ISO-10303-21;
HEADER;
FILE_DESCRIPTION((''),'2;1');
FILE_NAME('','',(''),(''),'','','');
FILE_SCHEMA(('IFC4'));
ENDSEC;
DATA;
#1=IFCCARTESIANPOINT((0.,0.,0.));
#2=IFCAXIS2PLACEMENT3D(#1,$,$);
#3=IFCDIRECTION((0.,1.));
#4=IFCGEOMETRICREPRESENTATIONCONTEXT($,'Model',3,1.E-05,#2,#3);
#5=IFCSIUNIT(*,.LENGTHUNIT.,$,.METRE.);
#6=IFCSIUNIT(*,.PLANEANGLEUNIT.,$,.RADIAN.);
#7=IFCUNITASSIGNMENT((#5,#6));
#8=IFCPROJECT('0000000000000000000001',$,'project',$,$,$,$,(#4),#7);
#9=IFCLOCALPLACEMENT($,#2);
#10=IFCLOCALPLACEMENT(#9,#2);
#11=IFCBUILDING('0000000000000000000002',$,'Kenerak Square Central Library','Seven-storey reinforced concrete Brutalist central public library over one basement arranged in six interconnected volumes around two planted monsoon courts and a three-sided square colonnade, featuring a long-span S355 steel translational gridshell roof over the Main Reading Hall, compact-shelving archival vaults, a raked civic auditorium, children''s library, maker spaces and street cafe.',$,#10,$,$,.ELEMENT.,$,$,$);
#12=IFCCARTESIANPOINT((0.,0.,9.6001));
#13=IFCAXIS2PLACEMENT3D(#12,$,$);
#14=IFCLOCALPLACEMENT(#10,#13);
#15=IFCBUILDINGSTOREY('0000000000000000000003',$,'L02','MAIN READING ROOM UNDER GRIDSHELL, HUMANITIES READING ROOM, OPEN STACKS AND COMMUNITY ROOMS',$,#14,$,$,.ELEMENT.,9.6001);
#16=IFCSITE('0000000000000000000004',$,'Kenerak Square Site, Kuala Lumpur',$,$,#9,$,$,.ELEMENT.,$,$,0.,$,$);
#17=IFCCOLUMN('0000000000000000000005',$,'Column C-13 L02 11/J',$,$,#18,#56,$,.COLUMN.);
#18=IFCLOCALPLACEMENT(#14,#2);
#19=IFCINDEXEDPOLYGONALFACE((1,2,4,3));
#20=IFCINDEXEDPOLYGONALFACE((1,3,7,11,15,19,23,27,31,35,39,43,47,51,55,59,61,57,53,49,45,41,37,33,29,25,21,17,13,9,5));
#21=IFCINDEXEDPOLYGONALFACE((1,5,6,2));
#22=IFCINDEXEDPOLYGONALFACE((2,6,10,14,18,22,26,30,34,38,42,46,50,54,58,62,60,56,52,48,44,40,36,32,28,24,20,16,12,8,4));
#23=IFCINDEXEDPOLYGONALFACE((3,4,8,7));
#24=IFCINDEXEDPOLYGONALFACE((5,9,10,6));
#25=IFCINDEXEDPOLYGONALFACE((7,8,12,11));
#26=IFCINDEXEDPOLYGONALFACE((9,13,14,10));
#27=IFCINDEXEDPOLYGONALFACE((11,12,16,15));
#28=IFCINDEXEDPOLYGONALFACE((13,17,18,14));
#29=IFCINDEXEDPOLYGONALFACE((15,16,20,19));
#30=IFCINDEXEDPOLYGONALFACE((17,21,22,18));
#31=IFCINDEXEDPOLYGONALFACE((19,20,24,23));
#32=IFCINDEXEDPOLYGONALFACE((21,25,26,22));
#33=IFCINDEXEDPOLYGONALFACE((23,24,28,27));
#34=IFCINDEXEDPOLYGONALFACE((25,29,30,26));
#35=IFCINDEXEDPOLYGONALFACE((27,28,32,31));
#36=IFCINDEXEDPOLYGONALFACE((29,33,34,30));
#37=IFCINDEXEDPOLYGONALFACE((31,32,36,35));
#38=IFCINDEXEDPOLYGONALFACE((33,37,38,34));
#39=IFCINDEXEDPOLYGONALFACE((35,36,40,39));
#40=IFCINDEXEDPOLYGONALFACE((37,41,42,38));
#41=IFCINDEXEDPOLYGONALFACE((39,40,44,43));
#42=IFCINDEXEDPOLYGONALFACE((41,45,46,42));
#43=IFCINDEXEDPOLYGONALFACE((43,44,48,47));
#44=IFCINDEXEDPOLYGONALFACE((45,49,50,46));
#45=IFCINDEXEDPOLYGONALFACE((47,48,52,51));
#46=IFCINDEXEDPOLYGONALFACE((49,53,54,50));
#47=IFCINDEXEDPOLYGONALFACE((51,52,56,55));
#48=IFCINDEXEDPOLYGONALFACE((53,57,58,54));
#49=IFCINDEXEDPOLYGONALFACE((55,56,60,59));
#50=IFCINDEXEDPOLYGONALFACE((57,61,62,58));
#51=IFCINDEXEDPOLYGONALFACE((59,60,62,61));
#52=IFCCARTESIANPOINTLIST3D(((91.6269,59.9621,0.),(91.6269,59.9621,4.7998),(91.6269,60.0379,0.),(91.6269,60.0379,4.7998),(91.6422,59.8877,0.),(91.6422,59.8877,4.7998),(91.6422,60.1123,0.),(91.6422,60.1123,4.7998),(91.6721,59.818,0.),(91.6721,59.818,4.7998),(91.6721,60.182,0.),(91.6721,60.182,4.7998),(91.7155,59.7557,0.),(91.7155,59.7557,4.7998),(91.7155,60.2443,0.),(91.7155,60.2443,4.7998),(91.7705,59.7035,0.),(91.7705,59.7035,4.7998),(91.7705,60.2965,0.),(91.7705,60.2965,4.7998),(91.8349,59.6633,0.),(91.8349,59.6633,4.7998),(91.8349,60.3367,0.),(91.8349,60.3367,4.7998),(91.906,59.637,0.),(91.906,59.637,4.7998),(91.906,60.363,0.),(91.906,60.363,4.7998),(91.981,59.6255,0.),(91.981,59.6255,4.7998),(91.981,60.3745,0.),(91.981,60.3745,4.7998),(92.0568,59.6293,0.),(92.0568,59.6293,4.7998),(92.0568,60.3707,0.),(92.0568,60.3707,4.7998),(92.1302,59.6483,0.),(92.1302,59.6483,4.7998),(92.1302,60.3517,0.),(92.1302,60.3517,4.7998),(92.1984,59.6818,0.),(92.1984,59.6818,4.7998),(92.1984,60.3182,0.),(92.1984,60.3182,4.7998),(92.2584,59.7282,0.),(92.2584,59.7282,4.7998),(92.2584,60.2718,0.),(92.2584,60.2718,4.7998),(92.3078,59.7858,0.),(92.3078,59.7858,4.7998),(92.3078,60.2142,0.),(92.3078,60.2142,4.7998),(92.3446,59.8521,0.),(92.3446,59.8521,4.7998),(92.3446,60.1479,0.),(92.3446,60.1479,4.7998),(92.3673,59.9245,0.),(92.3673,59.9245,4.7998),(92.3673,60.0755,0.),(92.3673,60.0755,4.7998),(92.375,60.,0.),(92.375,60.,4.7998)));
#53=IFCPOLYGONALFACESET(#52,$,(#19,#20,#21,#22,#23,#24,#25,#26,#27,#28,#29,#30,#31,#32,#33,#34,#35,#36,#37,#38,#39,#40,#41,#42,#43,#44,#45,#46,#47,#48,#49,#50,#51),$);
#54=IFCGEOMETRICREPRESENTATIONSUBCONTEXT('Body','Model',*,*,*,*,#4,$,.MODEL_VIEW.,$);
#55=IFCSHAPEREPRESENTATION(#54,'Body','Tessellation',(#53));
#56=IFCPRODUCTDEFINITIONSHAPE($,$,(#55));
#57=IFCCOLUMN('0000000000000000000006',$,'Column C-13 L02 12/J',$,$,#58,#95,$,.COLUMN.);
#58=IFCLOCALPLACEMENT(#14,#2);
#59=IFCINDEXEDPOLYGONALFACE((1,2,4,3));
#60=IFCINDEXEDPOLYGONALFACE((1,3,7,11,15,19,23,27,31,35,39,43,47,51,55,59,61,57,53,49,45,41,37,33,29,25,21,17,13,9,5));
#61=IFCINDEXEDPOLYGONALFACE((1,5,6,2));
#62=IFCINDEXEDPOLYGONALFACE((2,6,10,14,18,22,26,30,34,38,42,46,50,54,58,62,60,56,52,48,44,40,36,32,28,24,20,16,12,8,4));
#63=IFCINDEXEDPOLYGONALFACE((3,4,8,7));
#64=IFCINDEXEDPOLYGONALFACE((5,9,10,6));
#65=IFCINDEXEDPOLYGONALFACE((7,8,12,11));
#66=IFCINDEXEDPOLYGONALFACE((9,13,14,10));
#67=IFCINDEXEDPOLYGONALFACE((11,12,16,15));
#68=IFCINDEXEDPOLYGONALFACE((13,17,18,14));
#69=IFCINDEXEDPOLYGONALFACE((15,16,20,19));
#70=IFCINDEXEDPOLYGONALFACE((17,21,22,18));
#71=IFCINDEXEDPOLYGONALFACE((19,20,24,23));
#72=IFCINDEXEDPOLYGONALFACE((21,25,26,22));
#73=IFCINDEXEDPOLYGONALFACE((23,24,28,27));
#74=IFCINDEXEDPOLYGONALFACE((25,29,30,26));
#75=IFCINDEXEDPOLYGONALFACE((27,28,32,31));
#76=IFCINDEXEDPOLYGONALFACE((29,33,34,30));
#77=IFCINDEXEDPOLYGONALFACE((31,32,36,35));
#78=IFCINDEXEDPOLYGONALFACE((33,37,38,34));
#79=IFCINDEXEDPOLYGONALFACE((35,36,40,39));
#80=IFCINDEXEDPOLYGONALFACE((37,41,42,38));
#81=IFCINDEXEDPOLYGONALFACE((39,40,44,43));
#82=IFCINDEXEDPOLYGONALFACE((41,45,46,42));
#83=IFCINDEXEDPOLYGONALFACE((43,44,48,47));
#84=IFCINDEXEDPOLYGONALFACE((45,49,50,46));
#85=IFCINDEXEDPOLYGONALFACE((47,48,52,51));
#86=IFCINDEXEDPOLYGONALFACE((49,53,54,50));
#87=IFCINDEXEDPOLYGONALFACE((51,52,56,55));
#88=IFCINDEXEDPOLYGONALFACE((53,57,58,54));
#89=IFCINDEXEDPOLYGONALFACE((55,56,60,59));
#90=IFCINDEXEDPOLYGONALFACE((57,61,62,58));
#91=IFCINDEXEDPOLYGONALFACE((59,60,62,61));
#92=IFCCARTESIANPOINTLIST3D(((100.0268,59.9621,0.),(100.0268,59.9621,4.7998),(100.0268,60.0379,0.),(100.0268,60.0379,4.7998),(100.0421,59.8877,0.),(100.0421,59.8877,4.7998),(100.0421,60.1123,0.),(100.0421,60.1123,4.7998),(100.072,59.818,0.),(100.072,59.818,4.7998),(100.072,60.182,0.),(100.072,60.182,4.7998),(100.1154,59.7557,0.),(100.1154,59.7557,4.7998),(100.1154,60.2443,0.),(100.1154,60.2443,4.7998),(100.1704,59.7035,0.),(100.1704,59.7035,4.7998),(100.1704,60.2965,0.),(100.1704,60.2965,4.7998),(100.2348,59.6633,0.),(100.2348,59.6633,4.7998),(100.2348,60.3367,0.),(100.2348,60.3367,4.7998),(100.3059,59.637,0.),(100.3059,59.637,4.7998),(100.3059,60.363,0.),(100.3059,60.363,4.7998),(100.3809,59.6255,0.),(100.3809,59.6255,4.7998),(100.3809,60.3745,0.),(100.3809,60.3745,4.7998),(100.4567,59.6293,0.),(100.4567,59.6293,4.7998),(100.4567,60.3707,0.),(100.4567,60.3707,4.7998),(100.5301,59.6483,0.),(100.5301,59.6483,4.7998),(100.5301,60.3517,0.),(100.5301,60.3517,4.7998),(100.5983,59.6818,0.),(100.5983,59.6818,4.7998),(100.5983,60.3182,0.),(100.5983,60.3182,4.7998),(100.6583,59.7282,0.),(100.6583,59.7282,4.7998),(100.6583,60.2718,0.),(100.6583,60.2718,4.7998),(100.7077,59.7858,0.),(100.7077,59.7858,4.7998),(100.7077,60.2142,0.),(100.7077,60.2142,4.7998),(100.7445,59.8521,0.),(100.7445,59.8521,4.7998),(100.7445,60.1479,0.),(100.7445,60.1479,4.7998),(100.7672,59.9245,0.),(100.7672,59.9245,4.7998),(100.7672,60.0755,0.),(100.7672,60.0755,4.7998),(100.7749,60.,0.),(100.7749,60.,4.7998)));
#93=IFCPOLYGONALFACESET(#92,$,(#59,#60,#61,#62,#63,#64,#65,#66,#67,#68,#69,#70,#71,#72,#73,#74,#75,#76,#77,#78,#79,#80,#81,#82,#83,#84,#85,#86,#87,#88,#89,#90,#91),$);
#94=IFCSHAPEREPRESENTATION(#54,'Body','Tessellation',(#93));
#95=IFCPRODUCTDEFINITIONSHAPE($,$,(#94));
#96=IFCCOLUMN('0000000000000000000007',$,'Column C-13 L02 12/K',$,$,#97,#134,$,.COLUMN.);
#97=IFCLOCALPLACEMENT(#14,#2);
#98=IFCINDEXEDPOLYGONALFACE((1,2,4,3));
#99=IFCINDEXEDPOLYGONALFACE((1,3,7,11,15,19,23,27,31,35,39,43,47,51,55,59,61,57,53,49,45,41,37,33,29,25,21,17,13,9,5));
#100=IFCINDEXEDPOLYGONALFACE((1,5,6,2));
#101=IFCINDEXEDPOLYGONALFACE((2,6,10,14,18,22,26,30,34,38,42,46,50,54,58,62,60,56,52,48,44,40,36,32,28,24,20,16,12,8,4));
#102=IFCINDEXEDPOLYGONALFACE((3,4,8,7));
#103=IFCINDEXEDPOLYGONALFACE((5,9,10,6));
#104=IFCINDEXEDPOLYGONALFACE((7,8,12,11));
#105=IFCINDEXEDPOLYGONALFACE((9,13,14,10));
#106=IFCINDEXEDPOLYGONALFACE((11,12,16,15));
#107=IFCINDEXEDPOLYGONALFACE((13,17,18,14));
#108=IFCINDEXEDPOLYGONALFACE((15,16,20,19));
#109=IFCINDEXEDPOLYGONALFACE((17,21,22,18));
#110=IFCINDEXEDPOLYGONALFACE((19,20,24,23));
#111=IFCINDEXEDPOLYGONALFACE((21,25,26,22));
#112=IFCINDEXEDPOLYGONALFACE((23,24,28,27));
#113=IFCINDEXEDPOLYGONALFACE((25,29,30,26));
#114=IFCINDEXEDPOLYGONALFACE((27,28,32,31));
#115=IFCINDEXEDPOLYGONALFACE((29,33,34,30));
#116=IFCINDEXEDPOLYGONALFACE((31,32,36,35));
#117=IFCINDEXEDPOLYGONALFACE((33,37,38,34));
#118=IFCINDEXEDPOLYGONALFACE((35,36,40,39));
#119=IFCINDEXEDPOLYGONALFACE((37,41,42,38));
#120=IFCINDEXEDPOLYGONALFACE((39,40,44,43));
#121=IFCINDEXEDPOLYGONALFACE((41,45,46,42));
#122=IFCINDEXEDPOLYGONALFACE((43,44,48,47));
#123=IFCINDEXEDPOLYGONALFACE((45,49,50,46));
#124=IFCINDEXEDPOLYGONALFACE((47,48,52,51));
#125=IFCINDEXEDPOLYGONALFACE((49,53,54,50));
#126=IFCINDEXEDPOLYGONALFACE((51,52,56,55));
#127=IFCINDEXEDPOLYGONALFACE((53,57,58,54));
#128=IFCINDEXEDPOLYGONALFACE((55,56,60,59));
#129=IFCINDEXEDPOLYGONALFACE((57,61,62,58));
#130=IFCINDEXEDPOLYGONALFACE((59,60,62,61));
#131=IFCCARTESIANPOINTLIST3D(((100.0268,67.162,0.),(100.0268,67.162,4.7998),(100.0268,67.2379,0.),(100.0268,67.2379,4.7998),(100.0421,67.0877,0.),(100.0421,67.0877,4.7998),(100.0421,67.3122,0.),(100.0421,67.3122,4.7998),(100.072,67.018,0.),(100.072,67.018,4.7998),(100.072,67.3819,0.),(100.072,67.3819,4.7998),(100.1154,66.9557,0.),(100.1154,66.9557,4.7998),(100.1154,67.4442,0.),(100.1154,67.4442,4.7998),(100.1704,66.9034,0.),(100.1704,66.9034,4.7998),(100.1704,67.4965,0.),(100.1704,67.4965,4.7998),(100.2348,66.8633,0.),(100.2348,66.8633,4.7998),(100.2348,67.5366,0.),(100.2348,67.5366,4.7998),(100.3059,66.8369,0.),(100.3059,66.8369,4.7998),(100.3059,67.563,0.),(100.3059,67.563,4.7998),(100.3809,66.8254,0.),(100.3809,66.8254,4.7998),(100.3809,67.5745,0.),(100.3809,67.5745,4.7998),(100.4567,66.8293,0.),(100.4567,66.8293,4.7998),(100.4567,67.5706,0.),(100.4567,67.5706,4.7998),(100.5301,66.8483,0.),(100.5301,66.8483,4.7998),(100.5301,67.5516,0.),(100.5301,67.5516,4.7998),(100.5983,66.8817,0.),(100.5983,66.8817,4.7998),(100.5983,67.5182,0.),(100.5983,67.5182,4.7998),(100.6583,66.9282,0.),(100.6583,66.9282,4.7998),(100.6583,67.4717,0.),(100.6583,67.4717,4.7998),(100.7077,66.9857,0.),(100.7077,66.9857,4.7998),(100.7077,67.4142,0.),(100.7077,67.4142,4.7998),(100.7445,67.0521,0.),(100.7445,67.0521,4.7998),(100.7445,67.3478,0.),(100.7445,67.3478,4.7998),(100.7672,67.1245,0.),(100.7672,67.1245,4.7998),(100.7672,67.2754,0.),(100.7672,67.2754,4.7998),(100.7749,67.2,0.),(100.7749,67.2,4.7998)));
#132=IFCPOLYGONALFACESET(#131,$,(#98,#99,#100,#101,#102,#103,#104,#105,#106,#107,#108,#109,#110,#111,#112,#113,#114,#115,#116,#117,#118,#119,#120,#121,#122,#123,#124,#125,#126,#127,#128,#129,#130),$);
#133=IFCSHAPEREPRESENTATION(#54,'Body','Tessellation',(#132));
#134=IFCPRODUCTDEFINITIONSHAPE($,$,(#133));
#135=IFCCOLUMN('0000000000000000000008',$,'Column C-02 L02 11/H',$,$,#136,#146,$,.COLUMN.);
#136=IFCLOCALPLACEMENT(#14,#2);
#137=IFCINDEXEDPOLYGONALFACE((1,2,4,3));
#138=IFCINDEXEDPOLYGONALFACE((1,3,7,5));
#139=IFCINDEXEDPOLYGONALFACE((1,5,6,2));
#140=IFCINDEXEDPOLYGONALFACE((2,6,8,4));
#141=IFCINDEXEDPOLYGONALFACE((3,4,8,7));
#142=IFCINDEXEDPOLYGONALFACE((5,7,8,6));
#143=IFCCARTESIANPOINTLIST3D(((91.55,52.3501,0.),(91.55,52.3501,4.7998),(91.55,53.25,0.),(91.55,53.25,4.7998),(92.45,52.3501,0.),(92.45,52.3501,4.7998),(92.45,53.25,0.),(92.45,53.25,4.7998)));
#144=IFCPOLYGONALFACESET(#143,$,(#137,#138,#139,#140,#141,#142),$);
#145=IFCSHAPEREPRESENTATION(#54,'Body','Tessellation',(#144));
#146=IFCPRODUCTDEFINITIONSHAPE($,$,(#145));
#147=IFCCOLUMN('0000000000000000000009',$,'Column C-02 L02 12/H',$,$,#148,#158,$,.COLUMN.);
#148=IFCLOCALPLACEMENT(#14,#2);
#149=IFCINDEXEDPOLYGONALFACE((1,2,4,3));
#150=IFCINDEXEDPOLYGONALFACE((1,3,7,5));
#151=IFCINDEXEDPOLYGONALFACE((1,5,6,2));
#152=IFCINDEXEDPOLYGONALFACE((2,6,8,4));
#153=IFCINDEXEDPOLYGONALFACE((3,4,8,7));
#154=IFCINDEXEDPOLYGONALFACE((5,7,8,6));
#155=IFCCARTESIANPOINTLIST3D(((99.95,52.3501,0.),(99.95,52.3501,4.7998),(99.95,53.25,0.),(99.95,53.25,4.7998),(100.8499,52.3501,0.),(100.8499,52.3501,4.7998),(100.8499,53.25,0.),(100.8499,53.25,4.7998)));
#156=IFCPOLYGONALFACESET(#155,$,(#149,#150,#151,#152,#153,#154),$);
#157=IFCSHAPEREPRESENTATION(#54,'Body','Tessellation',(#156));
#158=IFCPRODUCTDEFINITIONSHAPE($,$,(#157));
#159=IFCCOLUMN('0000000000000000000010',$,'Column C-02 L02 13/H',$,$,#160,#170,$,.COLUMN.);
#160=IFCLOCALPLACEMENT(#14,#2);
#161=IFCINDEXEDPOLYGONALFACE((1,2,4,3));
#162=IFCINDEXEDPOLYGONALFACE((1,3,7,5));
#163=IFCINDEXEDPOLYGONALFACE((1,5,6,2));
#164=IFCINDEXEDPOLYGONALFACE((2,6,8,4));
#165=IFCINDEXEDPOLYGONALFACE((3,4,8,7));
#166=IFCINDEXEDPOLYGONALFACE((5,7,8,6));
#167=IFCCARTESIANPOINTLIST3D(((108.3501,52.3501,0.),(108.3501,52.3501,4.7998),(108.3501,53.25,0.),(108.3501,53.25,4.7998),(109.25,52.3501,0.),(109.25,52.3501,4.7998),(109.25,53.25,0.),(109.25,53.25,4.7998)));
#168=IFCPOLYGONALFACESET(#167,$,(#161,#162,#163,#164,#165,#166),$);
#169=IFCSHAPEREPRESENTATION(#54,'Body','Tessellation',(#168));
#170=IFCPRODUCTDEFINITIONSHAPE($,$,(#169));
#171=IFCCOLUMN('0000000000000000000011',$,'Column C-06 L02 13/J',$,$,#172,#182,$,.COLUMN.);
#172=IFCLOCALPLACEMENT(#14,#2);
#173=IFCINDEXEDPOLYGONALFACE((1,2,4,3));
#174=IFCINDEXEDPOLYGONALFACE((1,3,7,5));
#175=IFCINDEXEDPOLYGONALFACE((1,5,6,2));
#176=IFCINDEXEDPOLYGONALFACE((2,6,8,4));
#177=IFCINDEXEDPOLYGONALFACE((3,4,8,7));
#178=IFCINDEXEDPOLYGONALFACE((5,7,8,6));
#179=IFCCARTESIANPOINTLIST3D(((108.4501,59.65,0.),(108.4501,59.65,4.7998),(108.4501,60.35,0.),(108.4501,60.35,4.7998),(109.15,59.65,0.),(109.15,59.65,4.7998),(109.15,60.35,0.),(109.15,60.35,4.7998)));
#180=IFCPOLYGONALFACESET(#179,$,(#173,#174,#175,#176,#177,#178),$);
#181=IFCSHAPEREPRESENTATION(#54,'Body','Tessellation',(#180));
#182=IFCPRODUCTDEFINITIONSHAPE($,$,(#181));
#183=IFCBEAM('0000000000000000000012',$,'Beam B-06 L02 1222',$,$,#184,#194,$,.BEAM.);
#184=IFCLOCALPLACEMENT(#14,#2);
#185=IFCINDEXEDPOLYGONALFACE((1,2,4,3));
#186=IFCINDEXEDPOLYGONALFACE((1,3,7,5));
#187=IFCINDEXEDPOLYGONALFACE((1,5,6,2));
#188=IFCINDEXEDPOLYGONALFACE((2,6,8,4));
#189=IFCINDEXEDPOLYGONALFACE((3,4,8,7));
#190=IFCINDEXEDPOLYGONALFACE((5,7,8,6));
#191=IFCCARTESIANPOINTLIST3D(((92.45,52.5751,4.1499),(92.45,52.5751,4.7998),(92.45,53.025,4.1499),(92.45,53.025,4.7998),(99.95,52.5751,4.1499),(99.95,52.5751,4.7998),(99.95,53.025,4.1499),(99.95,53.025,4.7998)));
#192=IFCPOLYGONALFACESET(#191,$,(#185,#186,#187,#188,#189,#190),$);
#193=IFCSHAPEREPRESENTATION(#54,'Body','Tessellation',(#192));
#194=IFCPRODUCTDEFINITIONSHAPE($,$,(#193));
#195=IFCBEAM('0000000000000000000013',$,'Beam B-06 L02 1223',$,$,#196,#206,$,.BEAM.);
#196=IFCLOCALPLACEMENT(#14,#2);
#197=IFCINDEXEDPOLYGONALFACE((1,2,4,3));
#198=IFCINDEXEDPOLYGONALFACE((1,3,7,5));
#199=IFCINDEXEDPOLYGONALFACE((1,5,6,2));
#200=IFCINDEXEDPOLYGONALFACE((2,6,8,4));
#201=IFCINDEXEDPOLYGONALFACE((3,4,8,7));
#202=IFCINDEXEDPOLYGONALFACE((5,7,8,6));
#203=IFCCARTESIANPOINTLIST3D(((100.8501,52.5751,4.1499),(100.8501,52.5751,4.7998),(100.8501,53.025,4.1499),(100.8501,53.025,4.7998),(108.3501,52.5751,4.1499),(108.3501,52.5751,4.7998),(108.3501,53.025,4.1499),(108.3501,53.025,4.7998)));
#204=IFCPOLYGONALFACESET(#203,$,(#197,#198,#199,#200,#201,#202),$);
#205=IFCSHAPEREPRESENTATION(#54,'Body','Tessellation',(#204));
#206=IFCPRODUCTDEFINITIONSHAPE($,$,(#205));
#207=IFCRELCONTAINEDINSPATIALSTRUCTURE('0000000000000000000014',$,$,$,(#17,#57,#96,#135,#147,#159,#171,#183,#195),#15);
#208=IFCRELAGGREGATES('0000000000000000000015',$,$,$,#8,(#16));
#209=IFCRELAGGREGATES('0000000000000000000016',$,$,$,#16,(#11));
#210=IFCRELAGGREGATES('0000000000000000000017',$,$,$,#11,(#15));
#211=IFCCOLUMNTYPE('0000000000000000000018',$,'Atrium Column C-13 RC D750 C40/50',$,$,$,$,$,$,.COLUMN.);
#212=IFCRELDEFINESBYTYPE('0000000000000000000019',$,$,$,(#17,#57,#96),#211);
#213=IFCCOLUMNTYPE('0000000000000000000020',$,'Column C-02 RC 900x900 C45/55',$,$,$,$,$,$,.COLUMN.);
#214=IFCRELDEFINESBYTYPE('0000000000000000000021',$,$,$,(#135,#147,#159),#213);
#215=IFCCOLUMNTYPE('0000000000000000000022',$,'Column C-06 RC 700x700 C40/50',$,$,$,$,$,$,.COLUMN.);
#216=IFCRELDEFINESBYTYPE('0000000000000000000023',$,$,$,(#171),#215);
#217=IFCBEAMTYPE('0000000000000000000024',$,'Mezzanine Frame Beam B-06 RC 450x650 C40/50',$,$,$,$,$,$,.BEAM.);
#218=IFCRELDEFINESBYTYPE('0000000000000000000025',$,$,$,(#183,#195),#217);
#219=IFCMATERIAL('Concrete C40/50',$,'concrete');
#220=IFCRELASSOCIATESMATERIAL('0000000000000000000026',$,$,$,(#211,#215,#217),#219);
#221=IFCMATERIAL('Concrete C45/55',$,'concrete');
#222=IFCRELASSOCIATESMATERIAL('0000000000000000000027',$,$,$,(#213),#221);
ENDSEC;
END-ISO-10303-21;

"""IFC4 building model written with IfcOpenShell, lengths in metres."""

from ifc_helpers import new_model, si_unit, direction, frame, origin, origin_2d, place, context, subcontext, project, spatial, rectangle, circle, extrude, material, material_profile, profile_set, type_object, element, save


model = new_model("IFC4")

# Units and contexts
model_context = context("Model", 3, precision=1e-05, world=origin(), true_north=direction((0.0, 1.0)))
body_context = subcontext(model_context, "Body", "Model", "MODEL_VIEW")
ifc_project = project(units=[si_unit("LENGTHUNIT", "METRE"), si_unit("PLANEANGLEUNIT", "RADIAN")], contexts=[model_context])

# Site, building, storey
site_placement = place(None, origin())
site = spatial("IfcSite", under=ifc_project, at=site_placement, Name="Kenerak Square Site, Kuala Lumpur", CompositionType="ELEMENT", RefElevation=0.0)
building_placement = place(site_placement, origin())
building = spatial("IfcBuilding", under=site, at=building_placement, Name="Kenerak Square Central Library", Description="Seven-storey reinforced concrete Brutalist central public library over one basement arranged in six interconnected volumes around two planted monsoon courts and a three-sided square colonnade, featuring a long-span S355 steel translational gridshell roof over the Main Reading Hall, compact-shelving archival vaults, a raked civic auditorium, children's library, maker spaces and street cafe.", CompositionType="ELEMENT")
storey_placement = place(building_placement, frame((0.0, 0.0, 9.6001)))
storey = spatial("IfcBuildingStorey", under=building, at=storey_placement, Name="L02", Description="MAIN READING ROOM UNDER GRIDSHELL, HUMANITIES READING ROOM, OPEN STACKS AND COMMUNITY ROOMS", CompositionType="ELEMENT", Elevation=9.6001)

# Columns
ifc_material_1 = material(Name="Concrete C40/50", Category="concrete")
ifc_material_profile_1 = material_profile(ifc_material_1, circle(Radius=0.375, at=origin_2d()), Name="RC D750")
ifc_profile_set_1 = profile_set([ifc_material_profile_1], Name="Concrete C40/50")
column_type_1 = type_object("IfcColumnType", Name="Atrium Column C-13 RC D750 C40/50", PredefinedType="COLUMN", material=ifc_profile_set_1)
for number, where, z_axis, x_axis, name in (
    (1, (92.0, 60.0, 0.0), (0.0, 0.0, 1.0), (1.0, 0.0, 0.0), "Column C-13 L02 11/J"),
    (2, (100.3999, 60.0, 0.0), (0.0, 0.0, 1.0), (1.0, 0.0, 0.0), "Column C-13 L02 12/J"),
    (3, (100.3999, 67.2, 0.0), (0.0, 0.0, 1.0), (1.0, 0.0, 0.0), "Column C-13 L02 12/K"),
):
    element("IfcColumn", number, at=place(storey_placement, frame(where, z_axis=z_axis, x_axis=x_axis)), inside=storey, type_object=column_type_1, Name=name, PredefinedType="COLUMN", context=body_context, shape_type="SweptSolid", body=[
        extrude(circle(Radius=0.375, at=origin_2d()), origin(), (0.0, 0.0, 1.0), 4.7998),
    ])
ifc_material_2 = material(Name="Concrete C45/55", Category="concrete")
ifc_material_profile_2 = material_profile(ifc_material_2, rectangle(XDim=0.8999, YDim=0.8999, at=origin_2d()), Name="RC 900x900")
ifc_profile_set_2 = profile_set([ifc_material_profile_2], Name="Concrete C45/55")
column_type_2 = type_object("IfcColumnType", Name="Column C-02 RC 900x900 C45/55", PredefinedType="COLUMN", material=ifc_profile_set_2)
for number, where, z_axis, x_axis, name in (
    (4, (92.0, 52.8, 0.0), (0.0, 0.0, 1.0), (1.0, 0.0, 0.0), "Column C-02 L02 11/H"),
    (5, (100.3999, 52.8, 0.0), (0.0, 0.0, 1.0), (1.0, 0.0, 0.0), "Column C-02 L02 12/H"),
    (6, (108.8, 52.8, 0.0), (0.0, 0.0, 1.0), (1.0, 0.0, 0.0), "Column C-02 L02 13/H"),
):
    element("IfcColumn", number, at=place(storey_placement, frame(where, z_axis=z_axis, x_axis=x_axis)), inside=storey, type_object=column_type_2, Name=name, PredefinedType="COLUMN", context=body_context, shape_type="SweptSolid", body=[
        extrude(rectangle(XDim=0.8999, YDim=0.8999, at=origin_2d()), origin(), (0.0, 0.0, 1.0), 4.7998),
    ])
ifc_material_profile_3 = material_profile(ifc_material_1, rectangle(XDim=0.7, YDim=0.7, at=origin_2d()), Name="RC 700x700")
ifc_profile_set_3 = profile_set([ifc_material_profile_3], Name="Concrete C40/50")
column_type_3 = type_object("IfcColumnType", Name="Column C-06 RC 700x700 C40/50", PredefinedType="COLUMN", material=ifc_profile_set_3)
column_placement = place(storey_placement, frame((108.8, 60.0, 0.0), z_axis=(0.0, 0.0, 1.0), x_axis=(1.0, 0.0, 0.0)))
element("IfcColumn", 7, at=column_placement, inside=storey, type_object=column_type_3, Name="Column C-06 L02 13/J", PredefinedType="COLUMN", context=body_context, shape_type="SweptSolid", body=[
    extrude(rectangle(XDim=0.7, YDim=0.7, at=origin_2d()), origin(), (0.0, 0.0, 1.0), 4.7998),
])

# Beams
ifc_material_profile_4 = material_profile(ifc_material_1, rectangle(XDim=0.45, YDim=0.6499, at=origin_2d()), Name="RC 450x650")
ifc_profile_set_4 = profile_set([ifc_material_profile_4], Name="Concrete C40/50")
beam_type_1 = type_object("IfcBeamType", Name="Mezzanine Frame Beam B-06 RC 450x650 C40/50", PredefinedType="BEAM", material=ifc_profile_set_4)
for number, where, z_axis, x_axis, name in (
    (8, (92.45, 52.8, 4.4749), (1.0, 0.0, 0.0), (0.0, 1.0, 0.0), "Beam B-06 L02 1222"),
    (9, (100.8501, 52.8, 4.4749), (1.0, 0.0, 0.0), (0.0, 1.0, 0.0), "Beam B-06 L02 1223"),
):
    element("IfcBeam", number, at=place(storey_placement, frame(where, z_axis=z_axis, x_axis=x_axis)), inside=storey, type_object=beam_type_1, Name=name, PredefinedType="BEAM", context=body_context, shape_type="SweptSolid", body=[
        extrude(rectangle(XDim=0.45, YDim=0.6499, at=origin_2d()), origin(), (0.0, 0.0, 1.0), 7.5),
    ])

save(model, "model.ifc")
